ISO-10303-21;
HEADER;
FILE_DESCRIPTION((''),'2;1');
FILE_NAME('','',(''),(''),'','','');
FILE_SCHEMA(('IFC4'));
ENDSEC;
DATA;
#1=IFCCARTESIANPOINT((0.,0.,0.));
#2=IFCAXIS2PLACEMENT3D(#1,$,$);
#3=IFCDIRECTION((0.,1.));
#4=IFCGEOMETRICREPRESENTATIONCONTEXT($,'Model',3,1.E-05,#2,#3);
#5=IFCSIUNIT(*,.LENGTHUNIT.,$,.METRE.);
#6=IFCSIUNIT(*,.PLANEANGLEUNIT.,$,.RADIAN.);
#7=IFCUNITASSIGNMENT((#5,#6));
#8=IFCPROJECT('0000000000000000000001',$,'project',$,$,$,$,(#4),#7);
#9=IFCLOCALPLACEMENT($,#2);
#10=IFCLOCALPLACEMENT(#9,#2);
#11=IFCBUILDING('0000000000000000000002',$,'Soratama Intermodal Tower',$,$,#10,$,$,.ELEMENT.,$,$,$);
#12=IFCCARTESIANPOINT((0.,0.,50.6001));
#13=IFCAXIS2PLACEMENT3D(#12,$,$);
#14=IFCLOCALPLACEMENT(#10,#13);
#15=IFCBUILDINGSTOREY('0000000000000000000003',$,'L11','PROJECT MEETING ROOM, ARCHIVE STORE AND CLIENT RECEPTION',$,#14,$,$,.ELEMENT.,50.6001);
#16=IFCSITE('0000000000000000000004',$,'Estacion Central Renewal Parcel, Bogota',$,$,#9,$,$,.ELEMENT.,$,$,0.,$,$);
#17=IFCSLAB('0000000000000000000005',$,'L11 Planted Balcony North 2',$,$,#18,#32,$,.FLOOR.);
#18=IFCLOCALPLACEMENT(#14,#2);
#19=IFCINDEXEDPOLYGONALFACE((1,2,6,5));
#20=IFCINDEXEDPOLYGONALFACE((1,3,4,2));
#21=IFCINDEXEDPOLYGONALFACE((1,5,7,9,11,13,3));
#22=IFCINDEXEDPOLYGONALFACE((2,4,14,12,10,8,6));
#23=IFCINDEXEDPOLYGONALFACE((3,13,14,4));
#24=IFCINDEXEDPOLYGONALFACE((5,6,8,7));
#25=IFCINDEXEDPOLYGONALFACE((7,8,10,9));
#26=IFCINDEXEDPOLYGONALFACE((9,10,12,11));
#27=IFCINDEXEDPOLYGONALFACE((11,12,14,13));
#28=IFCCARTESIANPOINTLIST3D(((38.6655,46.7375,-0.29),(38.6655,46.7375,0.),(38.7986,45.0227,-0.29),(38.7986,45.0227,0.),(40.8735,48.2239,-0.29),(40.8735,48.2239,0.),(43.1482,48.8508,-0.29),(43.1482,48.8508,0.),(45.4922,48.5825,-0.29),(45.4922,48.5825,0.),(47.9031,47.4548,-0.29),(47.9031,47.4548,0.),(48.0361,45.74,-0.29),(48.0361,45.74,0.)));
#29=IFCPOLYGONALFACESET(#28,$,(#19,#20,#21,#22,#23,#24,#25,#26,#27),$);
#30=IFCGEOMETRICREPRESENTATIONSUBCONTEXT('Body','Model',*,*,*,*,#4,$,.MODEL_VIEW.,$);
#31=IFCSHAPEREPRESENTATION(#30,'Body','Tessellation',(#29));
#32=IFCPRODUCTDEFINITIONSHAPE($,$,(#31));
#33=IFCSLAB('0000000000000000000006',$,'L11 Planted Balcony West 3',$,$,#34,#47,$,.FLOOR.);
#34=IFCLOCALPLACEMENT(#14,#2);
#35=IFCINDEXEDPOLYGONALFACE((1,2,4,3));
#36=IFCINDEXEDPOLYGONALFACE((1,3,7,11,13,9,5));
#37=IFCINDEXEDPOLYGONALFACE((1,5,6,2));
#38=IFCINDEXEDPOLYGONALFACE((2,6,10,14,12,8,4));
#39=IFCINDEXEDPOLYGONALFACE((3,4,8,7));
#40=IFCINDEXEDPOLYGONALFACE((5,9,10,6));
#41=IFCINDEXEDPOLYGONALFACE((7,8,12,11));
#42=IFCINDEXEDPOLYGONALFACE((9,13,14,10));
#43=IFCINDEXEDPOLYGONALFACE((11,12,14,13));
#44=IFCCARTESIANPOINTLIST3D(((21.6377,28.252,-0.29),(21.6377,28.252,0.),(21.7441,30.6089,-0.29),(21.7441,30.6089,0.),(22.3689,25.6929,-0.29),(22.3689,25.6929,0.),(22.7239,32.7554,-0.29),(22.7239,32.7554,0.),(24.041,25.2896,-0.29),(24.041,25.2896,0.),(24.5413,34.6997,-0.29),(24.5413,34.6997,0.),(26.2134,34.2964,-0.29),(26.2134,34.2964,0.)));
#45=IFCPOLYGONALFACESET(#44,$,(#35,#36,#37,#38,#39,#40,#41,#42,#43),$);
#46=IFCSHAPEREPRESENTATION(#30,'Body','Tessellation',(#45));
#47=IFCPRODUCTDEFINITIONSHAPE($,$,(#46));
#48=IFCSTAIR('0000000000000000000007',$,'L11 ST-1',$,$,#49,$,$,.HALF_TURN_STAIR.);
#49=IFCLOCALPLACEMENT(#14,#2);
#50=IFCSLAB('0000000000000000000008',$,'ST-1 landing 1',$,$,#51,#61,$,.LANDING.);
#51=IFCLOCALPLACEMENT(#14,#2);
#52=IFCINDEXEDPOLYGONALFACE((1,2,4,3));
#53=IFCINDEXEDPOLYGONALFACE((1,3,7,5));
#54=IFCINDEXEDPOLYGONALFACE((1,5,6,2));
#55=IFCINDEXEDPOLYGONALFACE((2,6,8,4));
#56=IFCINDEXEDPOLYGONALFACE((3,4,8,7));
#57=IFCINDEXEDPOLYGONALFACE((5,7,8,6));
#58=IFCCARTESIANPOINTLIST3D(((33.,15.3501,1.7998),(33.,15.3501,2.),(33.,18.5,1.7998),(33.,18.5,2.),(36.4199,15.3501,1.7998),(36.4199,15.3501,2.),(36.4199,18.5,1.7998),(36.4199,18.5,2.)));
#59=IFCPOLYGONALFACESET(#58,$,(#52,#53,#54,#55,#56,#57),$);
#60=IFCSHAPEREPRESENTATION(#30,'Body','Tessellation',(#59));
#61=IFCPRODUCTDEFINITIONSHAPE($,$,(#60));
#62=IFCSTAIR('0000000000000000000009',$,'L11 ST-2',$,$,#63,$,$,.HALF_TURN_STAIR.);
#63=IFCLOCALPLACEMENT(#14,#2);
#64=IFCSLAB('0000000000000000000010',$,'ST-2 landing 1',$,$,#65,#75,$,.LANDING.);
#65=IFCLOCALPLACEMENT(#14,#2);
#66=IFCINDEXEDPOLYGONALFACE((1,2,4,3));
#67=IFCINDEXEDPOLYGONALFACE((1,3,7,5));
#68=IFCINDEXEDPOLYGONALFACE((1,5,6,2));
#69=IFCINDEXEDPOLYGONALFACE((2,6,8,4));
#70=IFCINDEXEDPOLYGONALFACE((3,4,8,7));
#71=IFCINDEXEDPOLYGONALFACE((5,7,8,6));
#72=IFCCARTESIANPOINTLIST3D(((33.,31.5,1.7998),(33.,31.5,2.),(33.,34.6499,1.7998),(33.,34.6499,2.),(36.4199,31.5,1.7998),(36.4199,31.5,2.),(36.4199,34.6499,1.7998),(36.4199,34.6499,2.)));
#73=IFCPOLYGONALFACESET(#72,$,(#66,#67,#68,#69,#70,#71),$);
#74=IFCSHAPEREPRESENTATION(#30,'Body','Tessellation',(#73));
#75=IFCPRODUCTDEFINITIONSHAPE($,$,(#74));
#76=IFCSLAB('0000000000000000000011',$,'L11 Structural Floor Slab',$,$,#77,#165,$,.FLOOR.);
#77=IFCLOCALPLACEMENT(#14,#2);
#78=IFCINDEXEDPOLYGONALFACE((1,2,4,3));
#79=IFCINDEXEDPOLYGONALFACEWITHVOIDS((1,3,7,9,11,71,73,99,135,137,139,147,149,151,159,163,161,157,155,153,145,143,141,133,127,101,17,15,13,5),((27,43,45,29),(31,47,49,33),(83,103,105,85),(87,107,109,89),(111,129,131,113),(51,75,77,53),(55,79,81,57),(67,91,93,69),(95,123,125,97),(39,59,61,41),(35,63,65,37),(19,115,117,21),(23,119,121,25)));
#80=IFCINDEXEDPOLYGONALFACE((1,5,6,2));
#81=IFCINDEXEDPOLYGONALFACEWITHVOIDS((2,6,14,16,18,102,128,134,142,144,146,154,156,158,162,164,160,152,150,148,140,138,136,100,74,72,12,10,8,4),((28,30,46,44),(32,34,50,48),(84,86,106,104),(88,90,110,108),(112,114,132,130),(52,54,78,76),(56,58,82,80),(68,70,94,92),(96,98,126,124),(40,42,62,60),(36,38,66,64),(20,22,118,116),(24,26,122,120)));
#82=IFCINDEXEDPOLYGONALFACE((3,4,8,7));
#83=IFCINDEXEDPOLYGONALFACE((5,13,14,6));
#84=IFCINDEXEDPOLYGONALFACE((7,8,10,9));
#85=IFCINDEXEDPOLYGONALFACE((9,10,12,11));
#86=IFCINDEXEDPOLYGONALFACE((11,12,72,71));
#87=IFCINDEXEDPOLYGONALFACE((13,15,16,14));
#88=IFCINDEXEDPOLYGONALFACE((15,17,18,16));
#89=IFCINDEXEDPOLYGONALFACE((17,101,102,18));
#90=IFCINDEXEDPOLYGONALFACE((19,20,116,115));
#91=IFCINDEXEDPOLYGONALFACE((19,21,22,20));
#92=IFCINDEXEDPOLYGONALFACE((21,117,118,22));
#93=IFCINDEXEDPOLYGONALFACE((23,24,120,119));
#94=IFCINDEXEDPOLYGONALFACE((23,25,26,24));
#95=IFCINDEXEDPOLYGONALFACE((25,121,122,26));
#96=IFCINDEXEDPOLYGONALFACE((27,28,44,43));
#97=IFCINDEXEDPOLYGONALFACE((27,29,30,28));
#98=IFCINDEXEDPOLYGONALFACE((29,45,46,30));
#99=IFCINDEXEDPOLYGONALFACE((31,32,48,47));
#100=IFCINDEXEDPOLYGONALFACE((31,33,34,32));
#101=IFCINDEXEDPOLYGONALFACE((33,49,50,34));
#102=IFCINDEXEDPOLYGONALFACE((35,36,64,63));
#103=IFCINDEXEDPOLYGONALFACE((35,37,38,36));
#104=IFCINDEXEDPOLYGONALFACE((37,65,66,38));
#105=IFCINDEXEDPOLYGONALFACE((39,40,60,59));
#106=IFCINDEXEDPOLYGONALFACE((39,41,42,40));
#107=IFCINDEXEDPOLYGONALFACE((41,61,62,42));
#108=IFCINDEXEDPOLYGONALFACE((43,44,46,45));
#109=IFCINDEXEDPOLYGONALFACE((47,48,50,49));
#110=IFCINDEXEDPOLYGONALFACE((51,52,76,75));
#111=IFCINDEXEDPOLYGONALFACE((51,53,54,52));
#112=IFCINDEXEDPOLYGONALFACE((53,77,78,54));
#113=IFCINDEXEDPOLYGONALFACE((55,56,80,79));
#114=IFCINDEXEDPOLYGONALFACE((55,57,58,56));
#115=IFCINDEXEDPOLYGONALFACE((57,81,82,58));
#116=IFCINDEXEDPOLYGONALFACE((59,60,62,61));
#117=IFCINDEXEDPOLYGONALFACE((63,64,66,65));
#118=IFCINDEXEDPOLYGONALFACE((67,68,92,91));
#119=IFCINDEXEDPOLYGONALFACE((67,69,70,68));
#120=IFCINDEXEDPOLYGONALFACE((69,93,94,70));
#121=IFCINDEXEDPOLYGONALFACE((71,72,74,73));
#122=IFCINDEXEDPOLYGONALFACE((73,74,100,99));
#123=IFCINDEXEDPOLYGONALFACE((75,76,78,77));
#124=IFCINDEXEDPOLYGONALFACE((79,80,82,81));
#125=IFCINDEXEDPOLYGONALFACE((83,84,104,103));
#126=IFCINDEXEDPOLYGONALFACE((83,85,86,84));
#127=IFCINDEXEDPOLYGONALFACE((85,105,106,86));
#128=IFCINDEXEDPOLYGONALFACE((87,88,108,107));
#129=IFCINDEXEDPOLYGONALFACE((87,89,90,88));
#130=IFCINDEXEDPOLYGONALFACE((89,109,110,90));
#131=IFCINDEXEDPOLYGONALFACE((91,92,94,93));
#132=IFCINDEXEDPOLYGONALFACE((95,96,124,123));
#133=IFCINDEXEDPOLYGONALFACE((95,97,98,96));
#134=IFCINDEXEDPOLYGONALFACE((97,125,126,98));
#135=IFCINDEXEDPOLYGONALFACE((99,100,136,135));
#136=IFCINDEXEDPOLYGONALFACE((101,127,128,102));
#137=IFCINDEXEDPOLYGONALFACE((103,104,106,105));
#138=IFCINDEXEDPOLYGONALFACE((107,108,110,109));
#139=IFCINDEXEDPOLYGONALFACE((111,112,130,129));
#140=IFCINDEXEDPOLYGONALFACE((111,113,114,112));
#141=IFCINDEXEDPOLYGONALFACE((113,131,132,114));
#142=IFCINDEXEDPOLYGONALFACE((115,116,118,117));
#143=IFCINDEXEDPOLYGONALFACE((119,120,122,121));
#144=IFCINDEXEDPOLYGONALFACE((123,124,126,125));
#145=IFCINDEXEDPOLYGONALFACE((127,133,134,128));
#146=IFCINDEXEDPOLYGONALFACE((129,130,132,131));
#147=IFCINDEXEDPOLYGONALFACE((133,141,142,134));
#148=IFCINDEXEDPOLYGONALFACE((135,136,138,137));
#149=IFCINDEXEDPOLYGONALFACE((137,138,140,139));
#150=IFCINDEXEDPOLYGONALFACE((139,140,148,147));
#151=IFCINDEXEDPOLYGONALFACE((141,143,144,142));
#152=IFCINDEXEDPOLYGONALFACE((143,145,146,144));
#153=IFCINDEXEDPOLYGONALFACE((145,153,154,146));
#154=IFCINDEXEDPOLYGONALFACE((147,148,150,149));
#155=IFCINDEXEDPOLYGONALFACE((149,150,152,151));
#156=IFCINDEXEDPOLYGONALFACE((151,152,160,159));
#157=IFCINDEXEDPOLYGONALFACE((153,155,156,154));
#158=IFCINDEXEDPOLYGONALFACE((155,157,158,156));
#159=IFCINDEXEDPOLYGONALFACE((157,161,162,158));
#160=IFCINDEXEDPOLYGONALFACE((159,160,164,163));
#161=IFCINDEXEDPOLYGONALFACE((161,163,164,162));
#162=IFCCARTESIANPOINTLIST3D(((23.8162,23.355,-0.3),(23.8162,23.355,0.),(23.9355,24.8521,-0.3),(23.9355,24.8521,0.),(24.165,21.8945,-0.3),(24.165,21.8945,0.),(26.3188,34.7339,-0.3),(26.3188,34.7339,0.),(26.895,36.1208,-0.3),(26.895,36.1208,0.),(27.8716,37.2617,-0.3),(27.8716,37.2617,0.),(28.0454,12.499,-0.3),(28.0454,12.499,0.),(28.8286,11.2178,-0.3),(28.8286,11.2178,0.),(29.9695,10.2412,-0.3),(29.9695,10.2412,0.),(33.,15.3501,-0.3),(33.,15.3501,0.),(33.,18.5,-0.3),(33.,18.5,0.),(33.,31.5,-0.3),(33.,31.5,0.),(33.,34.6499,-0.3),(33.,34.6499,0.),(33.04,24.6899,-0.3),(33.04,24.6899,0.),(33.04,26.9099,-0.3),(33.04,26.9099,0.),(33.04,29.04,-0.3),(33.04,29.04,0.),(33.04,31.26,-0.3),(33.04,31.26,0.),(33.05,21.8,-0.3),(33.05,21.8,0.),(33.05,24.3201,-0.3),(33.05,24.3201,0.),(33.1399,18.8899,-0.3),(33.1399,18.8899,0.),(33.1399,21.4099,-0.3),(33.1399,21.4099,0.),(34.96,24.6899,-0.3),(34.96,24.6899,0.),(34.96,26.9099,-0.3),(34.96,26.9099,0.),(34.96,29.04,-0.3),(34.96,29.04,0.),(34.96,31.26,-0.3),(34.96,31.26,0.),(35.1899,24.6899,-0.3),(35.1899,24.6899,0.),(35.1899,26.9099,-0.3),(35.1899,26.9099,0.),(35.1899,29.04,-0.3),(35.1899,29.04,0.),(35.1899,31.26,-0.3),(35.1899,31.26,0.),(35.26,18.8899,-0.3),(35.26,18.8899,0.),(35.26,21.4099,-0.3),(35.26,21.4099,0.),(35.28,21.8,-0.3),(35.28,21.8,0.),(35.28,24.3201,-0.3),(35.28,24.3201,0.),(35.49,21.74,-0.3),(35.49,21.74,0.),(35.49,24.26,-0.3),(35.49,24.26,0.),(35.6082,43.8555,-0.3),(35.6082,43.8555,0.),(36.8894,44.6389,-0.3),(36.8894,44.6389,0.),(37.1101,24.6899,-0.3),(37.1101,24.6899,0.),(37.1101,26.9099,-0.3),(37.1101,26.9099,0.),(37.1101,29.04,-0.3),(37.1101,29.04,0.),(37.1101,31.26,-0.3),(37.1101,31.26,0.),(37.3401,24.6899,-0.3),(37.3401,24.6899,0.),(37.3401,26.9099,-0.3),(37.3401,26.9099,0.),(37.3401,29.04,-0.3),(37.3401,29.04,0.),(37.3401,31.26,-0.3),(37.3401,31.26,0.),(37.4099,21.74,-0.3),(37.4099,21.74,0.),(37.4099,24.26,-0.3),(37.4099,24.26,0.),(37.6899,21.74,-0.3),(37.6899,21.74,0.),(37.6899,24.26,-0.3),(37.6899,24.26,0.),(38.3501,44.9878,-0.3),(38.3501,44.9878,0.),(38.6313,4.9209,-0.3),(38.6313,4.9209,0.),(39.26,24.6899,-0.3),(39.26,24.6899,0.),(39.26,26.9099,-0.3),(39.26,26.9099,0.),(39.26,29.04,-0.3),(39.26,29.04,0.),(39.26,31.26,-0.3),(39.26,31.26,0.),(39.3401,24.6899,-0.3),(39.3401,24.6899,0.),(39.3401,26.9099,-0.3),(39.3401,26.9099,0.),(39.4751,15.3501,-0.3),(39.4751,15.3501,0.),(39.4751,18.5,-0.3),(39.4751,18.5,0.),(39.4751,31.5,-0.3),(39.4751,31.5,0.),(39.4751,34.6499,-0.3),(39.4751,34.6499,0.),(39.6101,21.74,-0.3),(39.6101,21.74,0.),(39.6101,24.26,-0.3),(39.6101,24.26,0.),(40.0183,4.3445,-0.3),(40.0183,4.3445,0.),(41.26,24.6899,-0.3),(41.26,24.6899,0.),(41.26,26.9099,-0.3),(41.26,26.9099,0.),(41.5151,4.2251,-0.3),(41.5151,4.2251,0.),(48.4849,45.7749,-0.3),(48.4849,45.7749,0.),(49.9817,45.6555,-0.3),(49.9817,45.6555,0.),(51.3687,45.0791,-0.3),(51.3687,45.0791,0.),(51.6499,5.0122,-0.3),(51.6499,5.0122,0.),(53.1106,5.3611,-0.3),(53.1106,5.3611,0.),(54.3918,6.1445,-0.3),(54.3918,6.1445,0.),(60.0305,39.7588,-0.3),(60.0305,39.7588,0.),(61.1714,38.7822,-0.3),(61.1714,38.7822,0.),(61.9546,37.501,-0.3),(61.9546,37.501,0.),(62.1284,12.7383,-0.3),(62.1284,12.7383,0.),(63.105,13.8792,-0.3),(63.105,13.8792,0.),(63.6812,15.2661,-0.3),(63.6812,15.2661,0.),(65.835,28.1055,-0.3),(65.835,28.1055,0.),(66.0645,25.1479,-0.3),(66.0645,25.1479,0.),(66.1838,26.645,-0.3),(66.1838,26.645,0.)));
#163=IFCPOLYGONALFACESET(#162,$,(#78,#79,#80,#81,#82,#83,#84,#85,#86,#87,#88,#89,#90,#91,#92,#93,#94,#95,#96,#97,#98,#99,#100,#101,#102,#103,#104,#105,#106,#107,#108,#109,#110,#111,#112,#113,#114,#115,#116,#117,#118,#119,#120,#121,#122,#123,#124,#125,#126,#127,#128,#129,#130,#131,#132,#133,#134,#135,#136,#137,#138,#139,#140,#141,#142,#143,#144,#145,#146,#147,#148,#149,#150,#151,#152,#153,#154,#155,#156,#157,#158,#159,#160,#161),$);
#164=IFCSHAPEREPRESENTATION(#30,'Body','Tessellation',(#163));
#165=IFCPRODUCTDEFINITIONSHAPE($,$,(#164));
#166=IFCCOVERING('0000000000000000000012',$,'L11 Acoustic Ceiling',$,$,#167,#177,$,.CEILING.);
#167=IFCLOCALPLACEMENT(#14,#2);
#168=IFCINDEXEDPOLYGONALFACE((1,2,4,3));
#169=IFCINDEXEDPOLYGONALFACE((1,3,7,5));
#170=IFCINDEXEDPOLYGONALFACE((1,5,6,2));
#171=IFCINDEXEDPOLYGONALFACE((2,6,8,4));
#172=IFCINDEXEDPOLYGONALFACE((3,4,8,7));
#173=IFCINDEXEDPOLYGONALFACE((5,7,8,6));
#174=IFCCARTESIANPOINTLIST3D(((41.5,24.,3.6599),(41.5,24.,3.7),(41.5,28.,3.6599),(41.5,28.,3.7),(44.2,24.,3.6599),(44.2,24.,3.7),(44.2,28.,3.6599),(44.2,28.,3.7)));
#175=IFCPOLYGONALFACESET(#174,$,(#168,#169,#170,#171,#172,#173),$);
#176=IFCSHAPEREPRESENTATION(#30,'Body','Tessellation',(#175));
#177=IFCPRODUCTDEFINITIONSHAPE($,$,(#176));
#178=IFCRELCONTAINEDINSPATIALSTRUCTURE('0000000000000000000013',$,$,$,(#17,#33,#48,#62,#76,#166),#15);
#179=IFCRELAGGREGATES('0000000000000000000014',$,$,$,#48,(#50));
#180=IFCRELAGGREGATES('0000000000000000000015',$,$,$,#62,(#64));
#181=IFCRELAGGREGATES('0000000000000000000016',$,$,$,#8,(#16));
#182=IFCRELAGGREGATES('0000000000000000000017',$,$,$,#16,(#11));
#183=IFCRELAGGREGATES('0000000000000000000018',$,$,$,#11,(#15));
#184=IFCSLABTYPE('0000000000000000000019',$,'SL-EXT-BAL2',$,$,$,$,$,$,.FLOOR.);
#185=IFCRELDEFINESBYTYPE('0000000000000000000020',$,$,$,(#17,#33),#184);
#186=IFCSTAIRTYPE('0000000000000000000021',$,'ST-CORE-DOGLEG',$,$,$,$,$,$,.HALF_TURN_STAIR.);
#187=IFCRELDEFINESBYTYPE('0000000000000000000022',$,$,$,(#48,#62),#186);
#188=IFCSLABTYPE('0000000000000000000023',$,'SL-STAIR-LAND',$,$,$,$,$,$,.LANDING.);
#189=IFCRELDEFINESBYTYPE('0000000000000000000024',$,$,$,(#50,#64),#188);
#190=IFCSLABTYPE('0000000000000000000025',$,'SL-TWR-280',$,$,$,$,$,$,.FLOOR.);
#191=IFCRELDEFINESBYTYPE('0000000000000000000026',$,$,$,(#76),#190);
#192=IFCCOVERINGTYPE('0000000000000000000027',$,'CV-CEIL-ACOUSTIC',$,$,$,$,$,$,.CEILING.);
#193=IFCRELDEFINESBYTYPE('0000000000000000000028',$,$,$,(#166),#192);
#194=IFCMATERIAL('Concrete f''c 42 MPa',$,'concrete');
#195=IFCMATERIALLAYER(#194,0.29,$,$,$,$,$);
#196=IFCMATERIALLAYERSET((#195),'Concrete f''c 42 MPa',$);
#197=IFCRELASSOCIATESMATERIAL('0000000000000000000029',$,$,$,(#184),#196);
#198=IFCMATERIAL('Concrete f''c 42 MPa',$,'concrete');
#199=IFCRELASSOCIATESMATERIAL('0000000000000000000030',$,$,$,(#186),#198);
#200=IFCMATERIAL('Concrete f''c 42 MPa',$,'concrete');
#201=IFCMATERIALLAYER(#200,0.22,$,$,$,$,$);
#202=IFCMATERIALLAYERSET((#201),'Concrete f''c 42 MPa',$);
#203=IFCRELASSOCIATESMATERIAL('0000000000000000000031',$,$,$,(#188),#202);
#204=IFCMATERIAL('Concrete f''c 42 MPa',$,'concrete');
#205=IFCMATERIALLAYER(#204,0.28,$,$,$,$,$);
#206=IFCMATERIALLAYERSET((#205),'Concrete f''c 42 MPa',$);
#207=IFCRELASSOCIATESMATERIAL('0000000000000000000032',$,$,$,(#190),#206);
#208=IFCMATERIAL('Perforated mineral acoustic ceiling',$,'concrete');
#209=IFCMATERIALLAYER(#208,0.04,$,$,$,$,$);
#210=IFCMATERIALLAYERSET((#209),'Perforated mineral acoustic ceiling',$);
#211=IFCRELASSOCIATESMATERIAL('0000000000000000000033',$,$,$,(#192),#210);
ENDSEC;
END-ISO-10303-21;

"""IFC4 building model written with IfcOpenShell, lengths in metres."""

from ifc_helpers import new_model, si_unit, direction, frame, origin, place, context, subcontext, project, spatial, polyline, outline, extrude, material, layer, layer_set, type_object, element, aggregate, save


model = new_model("IFC4")

# Units and contexts
model_context = context("Model", 3, precision=1e-05, world=origin(), true_north=direction((0.0, 1.0)))
body_context = subcontext(model_context, "Body", "Model", "MODEL_VIEW")
ifc_project = project(units=[si_unit("LENGTHUNIT", "METRE"), si_unit("PLANEANGLEUNIT", "RADIAN")], contexts=[model_context])

# Site, building, storey
site_placement = place(None, origin())
site = spatial("IfcSite", under=ifc_project, at=site_placement, Name="Estacion Central Renewal Parcel, Bogota", CompositionType="ELEMENT", RefElevation=0.0)
building_placement = place(site_placement, origin())
building = spatial("IfcBuilding", under=site, at=building_placement, Name="Soratama Intermodal Tower", CompositionType="ELEMENT")
storey_placement = place(building_placement, frame((0.0, 0.0, 50.6001)))
storey = spatial("IfcBuildingStorey", under=building, at=storey_placement, Name="L11", Description="PROJECT MEETING ROOM, ARCHIVE STORE AND CLIENT RECEPTION", CompositionType="ELEMENT", Elevation=50.6001)

# Slabs
ifc_material_1 = material(Name="Concrete f'c 42 MPa", Category="concrete")
ifc_layer_1 = layer(ifc_material_1, 0.29)
ifc_layer_set_1 = layer_set([ifc_layer_1], Name="Concrete f'c 42 MPa")
slab_type_1 = type_object("IfcSlabType", Name="SL-EXT-BAL2", PredefinedType="FLOOR", material=ifc_layer_set_1)
slab_1_placement = place(storey_placement, frame((0.0, 0.0, -0.29)))
element("IfcSlab", 1, at=slab_1_placement, inside=storey, type_object=slab_type_1, Name="L11 Planted Balcony North 2", PredefinedType="FLOOR", context=body_context, shape_type="SweptSolid", body=[
    extrude(outline(polyline([(48.0361, 45.74), (38.7986, 45.0227), (38.6655, 46.7375), (40.8735, 48.2239), (43.1482, 48.8508), (45.4922, 48.5825), (47.9031, 47.4548), (48.0361, 45.74)])), origin(), (0.0, 0.0, 1.0), 0.29),
])
slab_2_placement = place(storey_placement, frame((0.0, 0.0, -0.29)))
element("IfcSlab", 2, at=slab_2_placement, inside=storey, type_object=slab_type_1, Name="L11 Planted Balcony West 3", PredefinedType="FLOOR", context=body_context, shape_type="SweptSolid", body=[
    extrude(outline(polyline([(26.2134, 34.2964), (24.041, 25.2896), (22.3689, 25.6929), (21.6377, 28.252), (21.7441, 30.6089), (22.7239, 32.7554), (24.5413, 34.6997), (26.2134, 34.2964)])), origin(), (0.0, 0.0, 1.0), 0.29),
])

# Stairs, slabs
ifc_material_2 = material(Name="Concrete f'c 42 MPa", Category="concrete")
stair_type = type_object("IfcStairType", Name="ST-CORE-DOGLEG", PredefinedType="HALF_TURN_STAIR", material=ifc_material_2)
stair_1_placement = place(storey_placement, origin())
stair_1 = element("IfcStair", 3, at=stair_1_placement, inside=storey, type_object=stair_type, Name="L11 ST-1", PredefinedType="HALF_TURN_STAIR")
ifc_material_3 = material(Name="Concrete f'c 42 MPa", Category="concrete")
ifc_layer_2 = layer(ifc_material_3, 0.22)
ifc_layer_set_2 = layer_set([ifc_layer_2], Name="Concrete f'c 42 MPa")
slab_type_2 = type_object("IfcSlabType", Name="SL-STAIR-LAND", PredefinedType="LANDING", material=ifc_layer_set_2)
slab_3_placement = place(storey_placement, frame((0.0, 0.0, 1.7998)))
slab_3 = element("IfcSlab", 4, at=slab_3_placement, type_object=slab_type_2, Name="ST-1 landing 1", PredefinedType="LANDING", context=body_context, shape_type="SweptSolid", body=[
    extrude(outline(polyline([(36.4199, 18.5), (33.0, 18.5), (33.0, 15.3501), (36.4199, 15.3501), (36.4199, 18.5)])), origin(), (0.0, 0.0, 1.0), 0.2002),
])
aggregate(stair_1, [slab_3])
stair_2_placement = place(storey_placement, origin())
stair_2 = element("IfcStair", 5, at=stair_2_placement, inside=storey, type_object=stair_type, Name="L11 ST-2", PredefinedType="HALF_TURN_STAIR")
slab_4_placement = place(storey_placement, frame((0.0, 0.0, 1.7998)))
slab_4 = element("IfcSlab", 6, at=slab_4_placement, type_object=slab_type_2, Name="ST-2 landing 1", PredefinedType="LANDING", context=body_context, shape_type="SweptSolid", body=[
    extrude(outline(polyline([(36.4199, 34.6499), (33.0, 34.6499), (33.0, 31.5), (36.4199, 31.5), (36.4199, 34.6499)])), origin(), (0.0, 0.0, 1.0), 0.2002),
])
aggregate(stair_2, [slab_4])

# Slab
ifc_material_4 = material(Name="Concrete f'c 42 MPa", Category="concrete")
ifc_layer_3 = layer(ifc_material_4, 0.28)
ifc_layer_set_3 = layer_set([ifc_layer_3], Name="Concrete f'c 42 MPa")
slab_type_3 = type_object("IfcSlabType", Name="SL-TWR-280", PredefinedType="FLOOR", material=ifc_layer_set_3)
slab_5_placement = place(storey_placement, frame((0.0, 0.0, -0.3)))
element("IfcSlab", 7, at=slab_5_placement, inside=storey, type_object=slab_type_3, Name="L11 Structural Floor Slab", PredefinedType="FLOOR", context=body_context, shape_type="SweptSolid", body=[
    extrude(outline(polyline([(66.0645, 25.1479), (66.1838, 26.645), (65.835, 28.1055), (61.9546, 37.501), (61.1714, 38.7822), (60.0305, 39.7588), (51.3687, 45.0791), (49.9817, 45.6555), (48.4849, 45.7749), (38.3501, 44.9878), (36.8894, 44.6389), (35.6082, 43.8555), (27.8716, 37.2617), (26.895, 36.1208), (26.3188, 34.7339), (23.9355, 24.8521), (23.8162, 23.355), (24.165, 21.8945), (28.0454, 12.499), (28.8286, 11.2178), (29.9695, 10.2412), (38.6313, 4.9209), (40.0183, 4.3445), (41.5151, 4.2251), (51.6499, 5.0122), (53.1106, 5.3611), (54.3918, 6.1445), (62.1284, 12.7383), (63.105, 13.8792), (63.6812, 15.2661), (66.0645, 25.1479)]), holes=[polyline([(33.0, 18.5), (33.0, 15.3501), (39.4751, 15.3501), (39.4751, 18.5), (33.0, 18.5)]), polyline([(35.26, 18.8899), (35.26, 21.4099), (33.1399, 21.4099), (33.1399, 18.8899), (35.26, 18.8899)]), polyline([(33.05, 21.8), (35.28, 21.8), (35.28, 24.3201), (33.05, 24.3201), (33.05, 21.8)]), polyline([(34.96, 26.9099), (33.04, 26.9099), (33.04, 24.6899), (34.96, 24.6899), (34.96, 26.9099)]), polyline([(37.1101, 24.6899), (37.1101, 26.9099), (35.1899, 26.9099), (35.1899, 24.6899), (37.1101, 24.6899)]), polyline([(34.96, 29.04), (34.96, 31.26), (33.04, 31.26), (33.04, 29.04), (34.96, 29.04)]), polyline([(37.1101, 31.26), (35.1899, 31.26), (35.1899, 29.04), (37.1101, 29.04), (37.1101, 31.26)]), polyline([(37.4099, 21.74), (37.4099, 24.26), (35.49, 24.26), (35.49, 21.74), (37.4099, 21.74)]), polyline([(39.6101, 21.74), (39.6101, 24.26), (37.6899, 24.26), (37.6899, 21.74), (39.6101, 21.74)]), polyline([(39.26, 24.6899), (39.26, 26.9099), (37.3401, 26.9099), (37.3401, 24.6899), (39.26, 24.6899)]), polyline([(41.26, 24.6899), (41.26, 26.9099), (39.3401, 26.9099), (39.3401, 24.6899), (41.26, 24.6899)]), polyline([(39.26, 29.04), (39.26, 31.26), (37.3401, 31.26), (37.3401, 29.04), (39.26, 29.04)]), polyline([(39.4751, 34.6499), (33.0, 34.6499), (33.0, 31.5), (39.4751, 31.5), (39.4751, 34.6499)])]), origin(), (0.0, 0.0, 1.0), 0.3),
])

# Covering
ifc_material_5 = material(Name="Perforated mineral acoustic ceiling", Category="concrete")
ifc_layer_4 = layer(ifc_material_5, 0.04)
ifc_layer_set_4 = layer_set([ifc_layer_4], Name="Perforated mineral acoustic ceiling")
covering_type_1 = type_object("IfcCoveringType", Name="CV-CEIL-ACOUSTIC", PredefinedType="CEILING", material=ifc_layer_set_4)
covering_1_placement = place(storey_placement, frame((0.0, 0.0, 3.6599)))
element("IfcCovering", 8, at=covering_1_placement, inside=storey, type_object=covering_type_1, Name="L11 Acoustic Ceiling", PredefinedType="CEILING", context=body_context, shape_type="SweptSolid", body=[
    extrude(outline(polyline([(41.5, 24.0), (44.2, 24.0), (44.2, 28.0), (41.5, 28.0), (41.5, 24.0)])), origin(), (0.0, 0.0, 1.0), 0.04),
])

save(model, "model.ifc")
